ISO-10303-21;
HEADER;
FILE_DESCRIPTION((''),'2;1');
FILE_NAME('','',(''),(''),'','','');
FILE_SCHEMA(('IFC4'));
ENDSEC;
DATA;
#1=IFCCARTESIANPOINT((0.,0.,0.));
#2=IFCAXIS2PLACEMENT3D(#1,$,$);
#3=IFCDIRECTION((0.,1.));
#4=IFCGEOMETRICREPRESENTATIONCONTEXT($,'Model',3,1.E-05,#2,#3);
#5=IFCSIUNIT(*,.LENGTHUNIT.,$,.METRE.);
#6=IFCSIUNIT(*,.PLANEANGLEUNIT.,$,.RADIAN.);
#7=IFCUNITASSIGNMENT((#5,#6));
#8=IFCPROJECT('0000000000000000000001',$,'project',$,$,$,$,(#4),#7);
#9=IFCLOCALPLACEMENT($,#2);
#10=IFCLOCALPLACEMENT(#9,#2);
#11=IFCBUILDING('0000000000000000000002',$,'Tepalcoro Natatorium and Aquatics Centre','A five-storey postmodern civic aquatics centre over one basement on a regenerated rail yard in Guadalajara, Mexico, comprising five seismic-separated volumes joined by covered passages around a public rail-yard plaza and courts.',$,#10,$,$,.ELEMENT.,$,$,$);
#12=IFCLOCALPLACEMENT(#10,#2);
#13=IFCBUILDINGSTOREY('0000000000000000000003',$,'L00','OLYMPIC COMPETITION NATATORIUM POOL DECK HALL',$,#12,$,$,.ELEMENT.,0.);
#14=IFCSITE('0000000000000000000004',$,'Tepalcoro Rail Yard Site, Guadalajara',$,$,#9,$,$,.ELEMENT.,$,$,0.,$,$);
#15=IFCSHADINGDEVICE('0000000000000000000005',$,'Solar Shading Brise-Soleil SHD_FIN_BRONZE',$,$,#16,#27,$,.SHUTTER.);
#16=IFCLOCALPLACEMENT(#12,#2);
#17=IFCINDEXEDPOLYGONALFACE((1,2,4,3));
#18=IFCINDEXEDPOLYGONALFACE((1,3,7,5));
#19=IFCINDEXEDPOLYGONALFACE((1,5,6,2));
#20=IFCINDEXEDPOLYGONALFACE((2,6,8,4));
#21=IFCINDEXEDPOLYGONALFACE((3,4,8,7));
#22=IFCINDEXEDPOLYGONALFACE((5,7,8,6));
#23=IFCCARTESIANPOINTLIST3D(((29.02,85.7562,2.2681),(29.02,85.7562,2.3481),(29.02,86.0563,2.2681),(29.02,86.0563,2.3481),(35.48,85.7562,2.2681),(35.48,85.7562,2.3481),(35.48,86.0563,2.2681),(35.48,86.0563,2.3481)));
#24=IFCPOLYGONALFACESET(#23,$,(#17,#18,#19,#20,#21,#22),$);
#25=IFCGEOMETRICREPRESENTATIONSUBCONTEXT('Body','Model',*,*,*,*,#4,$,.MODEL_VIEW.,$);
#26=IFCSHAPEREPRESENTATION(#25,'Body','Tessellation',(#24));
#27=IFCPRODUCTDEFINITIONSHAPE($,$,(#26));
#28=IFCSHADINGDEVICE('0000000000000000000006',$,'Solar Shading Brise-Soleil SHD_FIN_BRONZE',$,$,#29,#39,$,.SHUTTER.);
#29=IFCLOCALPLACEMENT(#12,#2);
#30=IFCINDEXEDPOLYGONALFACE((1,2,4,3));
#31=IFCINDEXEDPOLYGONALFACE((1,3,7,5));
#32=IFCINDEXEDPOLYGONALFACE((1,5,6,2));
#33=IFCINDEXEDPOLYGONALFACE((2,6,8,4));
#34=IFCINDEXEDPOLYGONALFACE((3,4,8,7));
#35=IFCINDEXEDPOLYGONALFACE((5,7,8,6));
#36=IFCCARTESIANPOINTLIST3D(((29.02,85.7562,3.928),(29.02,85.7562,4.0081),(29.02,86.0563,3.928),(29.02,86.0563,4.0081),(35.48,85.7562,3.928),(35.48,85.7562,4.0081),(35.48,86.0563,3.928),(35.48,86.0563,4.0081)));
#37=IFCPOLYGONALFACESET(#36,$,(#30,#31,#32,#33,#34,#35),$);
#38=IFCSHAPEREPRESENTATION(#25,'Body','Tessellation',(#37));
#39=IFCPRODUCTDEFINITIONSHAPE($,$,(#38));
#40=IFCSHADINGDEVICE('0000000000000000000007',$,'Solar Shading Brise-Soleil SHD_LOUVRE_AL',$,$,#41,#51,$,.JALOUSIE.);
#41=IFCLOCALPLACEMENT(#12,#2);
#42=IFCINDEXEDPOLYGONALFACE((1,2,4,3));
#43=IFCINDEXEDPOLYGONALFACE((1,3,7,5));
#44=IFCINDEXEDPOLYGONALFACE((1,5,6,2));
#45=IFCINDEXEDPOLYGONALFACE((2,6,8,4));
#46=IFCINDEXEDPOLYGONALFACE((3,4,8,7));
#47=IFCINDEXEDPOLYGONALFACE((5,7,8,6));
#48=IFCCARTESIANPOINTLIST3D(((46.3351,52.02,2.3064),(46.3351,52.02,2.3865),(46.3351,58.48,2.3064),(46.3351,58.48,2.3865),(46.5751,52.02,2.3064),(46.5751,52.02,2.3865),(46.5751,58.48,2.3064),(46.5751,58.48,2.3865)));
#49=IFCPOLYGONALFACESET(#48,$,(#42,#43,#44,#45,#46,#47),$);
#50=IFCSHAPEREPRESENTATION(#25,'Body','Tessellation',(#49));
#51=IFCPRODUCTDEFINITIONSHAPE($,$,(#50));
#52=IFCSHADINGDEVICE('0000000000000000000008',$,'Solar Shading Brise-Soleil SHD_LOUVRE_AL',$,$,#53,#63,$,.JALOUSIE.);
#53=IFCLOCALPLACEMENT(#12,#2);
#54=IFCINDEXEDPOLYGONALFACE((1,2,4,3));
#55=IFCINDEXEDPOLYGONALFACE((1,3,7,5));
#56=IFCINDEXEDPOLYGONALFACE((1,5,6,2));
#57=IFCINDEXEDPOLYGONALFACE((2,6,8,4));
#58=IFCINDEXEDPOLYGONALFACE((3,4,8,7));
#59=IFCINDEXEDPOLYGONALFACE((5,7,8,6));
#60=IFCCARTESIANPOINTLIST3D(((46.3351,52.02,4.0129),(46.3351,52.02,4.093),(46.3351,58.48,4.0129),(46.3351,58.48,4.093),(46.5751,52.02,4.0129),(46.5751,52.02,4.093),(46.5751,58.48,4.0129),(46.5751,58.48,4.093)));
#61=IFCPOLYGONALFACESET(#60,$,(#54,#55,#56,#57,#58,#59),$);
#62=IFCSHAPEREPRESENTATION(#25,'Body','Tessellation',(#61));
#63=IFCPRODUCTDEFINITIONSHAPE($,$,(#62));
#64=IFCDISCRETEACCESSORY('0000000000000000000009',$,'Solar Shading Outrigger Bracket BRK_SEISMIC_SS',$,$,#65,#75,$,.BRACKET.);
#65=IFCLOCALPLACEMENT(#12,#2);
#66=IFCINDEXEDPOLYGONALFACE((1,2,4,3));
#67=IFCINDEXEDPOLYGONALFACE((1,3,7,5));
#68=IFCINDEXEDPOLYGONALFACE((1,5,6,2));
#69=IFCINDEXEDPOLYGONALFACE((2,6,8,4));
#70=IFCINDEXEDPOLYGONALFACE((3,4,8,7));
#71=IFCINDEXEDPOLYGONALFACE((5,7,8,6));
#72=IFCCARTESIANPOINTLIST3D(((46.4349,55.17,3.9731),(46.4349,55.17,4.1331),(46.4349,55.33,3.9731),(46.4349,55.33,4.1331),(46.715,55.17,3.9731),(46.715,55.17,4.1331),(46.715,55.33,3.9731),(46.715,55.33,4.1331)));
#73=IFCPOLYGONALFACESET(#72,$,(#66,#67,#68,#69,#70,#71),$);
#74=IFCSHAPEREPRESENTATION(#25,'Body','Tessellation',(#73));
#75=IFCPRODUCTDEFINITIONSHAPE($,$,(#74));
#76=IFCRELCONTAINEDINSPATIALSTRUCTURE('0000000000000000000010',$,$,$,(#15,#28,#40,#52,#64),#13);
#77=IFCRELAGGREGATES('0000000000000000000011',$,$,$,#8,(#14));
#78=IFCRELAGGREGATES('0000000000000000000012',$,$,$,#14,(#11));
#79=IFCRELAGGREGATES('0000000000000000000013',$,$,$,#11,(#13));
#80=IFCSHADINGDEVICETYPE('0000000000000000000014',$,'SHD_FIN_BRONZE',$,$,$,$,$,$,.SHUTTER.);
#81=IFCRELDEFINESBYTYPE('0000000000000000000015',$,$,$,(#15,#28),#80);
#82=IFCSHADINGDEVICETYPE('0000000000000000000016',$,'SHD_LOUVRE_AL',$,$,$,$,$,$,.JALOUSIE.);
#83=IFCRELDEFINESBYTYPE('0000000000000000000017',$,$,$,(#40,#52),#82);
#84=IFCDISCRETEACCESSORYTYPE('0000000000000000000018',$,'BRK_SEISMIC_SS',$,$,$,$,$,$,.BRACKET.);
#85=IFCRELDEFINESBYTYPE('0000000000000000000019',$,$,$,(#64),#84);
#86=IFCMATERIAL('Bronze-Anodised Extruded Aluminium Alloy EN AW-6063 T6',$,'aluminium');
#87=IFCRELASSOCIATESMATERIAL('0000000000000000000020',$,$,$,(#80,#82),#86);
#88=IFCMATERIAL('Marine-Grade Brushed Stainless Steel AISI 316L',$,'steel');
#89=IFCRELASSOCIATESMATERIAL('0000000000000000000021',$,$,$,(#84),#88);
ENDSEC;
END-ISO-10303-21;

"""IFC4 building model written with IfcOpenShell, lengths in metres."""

from ifc_helpers import new_model, si_unit, direction, frame, origin, origin_2d, place, context, subcontext, project, spatial, rectangle, extrude, material, type_object, element, save


model = new_model("IFC4")

# Units and contexts
model_context = context("Model", 3, precision=1e-05, world=origin(), true_north=direction((0.0, 1.0)))
body_context = subcontext(model_context, "Body", "Model", "MODEL_VIEW")
ifc_project = project(units=[si_unit("LENGTHUNIT", "METRE"), si_unit("PLANEANGLEUNIT", "RADIAN")], contexts=[model_context])

# Site, building, storey
site_placement = place(None, origin())
site = spatial("IfcSite", under=ifc_project, at=site_placement, Name="Tepalcoro Rail Yard Site, Guadalajara", CompositionType="ELEMENT", RefElevation=0.0)
building_placement = place(site_placement, origin())
building = spatial("IfcBuilding", under=site, at=building_placement, Name="Tepalcoro Natatorium and Aquatics Centre", Description="A five-storey postmodern civic aquatics centre over one basement on a regenerated rail yard in Guadalajara, Mexico, comprising five seismic-separated volumes joined by covered passages around a public rail-yard plaza and courts.", CompositionType="ELEMENT")
storey_placement = place(building_placement, origin())
storey = spatial("IfcBuildingStorey", under=building, at=storey_placement, Name="L00", Description="OLYMPIC COMPETITION NATATORIUM POOL DECK HALL", CompositionType="ELEMENT", Elevation=0.0)

# Shading devices
ifc_material_1 = material(Name="Bronze-Anodised Extruded Aluminium Alloy EN AW-6063 T6", Category="aluminium")
shading_device_type_1 = type_object("IfcShadingDeviceType", Name="SHD_FIN_BRONZE", PredefinedType="SHUTTER", material=ifc_material_1)
for number, where, z_axis, x_axis, name in (
    (1, (32.25, 85.9062, 2.2681), (0.0, 0.0, 1.0), (1.0, 0.0, 0.0), "Solar Shading Brise-Soleil SHD_FIN_BRONZE"),
    (2, (32.25, 85.9062, 3.928), (0.0, 0.0, 1.0), (1.0, 0.0, 0.0), "Solar Shading Brise-Soleil SHD_FIN_BRONZE"),
):
    element("IfcShadingDevice", number, at=place(storey_placement, frame(where, z_axis=z_axis, x_axis=x_axis)), inside=storey, type_object=shading_device_type_1, Name=name, PredefinedType="SHUTTER", context=body_context, shape_type="SweptSolid", body=[
        extrude(rectangle(XDim=6.46, YDim=0.3, at=origin_2d()), origin(), (0.0, 0.0, 1.0), 0.0801),
    ])
shading_device_type_2 = type_object("IfcShadingDeviceType", Name="SHD_LOUVRE_AL", PredefinedType="JALOUSIE", material=ifc_material_1)
for number, where, z_axis, x_axis, name in (
    (3, (46.4551, 55.25, 2.3064), (0.0, 0.0, 1.0), (1.0, 0.0, 0.0), "Solar Shading Brise-Soleil SHD_LOUVRE_AL"),
    (4, (46.4551, 55.25, 4.0129), (0.0, 0.0, 1.0), (1.0, 0.0, 0.0), "Solar Shading Brise-Soleil SHD_LOUVRE_AL"),
):
    element("IfcShadingDevice", number, at=place(storey_placement, frame(where, z_axis=z_axis, x_axis=x_axis)), inside=storey, type_object=shading_device_type_2, Name=name, PredefinedType="JALOUSIE", context=body_context, shape_type="SweptSolid", body=[
        extrude(rectangle(XDim=0.24, YDim=6.46, at=origin_2d()), origin(), (0.0, 0.0, 1.0), 0.0801),
    ])

# Discrete accessory
ifc_material_2 = material(Name="Marine-Grade Brushed Stainless Steel AISI 316L", Category="steel")
discrete_accessory_type = type_object("IfcDiscreteAccessoryType", Name="BRK_SEISMIC_SS", PredefinedType="BRACKET", material=ifc_material_2)
discrete_accessory_placement = place(storey_placement, frame((46.575, 55.25, 3.9731), z_axis=(0.0, 0.0, 1.0), x_axis=(1.0, 0.0, 0.0)))
element("IfcDiscreteAccessory", 5, at=discrete_accessory_placement, inside=storey, type_object=discrete_accessory_type, Name="Solar Shading Outrigger Bracket BRK_SEISMIC_SS", PredefinedType="BRACKET", context=body_context, shape_type="SweptSolid", body=[
    extrude(rectangle(XDim=0.28, YDim=0.1599, at=origin_2d()), origin(), (0.0, 0.0, 1.0), 0.1599),
])

save(model, "model.ifc")
